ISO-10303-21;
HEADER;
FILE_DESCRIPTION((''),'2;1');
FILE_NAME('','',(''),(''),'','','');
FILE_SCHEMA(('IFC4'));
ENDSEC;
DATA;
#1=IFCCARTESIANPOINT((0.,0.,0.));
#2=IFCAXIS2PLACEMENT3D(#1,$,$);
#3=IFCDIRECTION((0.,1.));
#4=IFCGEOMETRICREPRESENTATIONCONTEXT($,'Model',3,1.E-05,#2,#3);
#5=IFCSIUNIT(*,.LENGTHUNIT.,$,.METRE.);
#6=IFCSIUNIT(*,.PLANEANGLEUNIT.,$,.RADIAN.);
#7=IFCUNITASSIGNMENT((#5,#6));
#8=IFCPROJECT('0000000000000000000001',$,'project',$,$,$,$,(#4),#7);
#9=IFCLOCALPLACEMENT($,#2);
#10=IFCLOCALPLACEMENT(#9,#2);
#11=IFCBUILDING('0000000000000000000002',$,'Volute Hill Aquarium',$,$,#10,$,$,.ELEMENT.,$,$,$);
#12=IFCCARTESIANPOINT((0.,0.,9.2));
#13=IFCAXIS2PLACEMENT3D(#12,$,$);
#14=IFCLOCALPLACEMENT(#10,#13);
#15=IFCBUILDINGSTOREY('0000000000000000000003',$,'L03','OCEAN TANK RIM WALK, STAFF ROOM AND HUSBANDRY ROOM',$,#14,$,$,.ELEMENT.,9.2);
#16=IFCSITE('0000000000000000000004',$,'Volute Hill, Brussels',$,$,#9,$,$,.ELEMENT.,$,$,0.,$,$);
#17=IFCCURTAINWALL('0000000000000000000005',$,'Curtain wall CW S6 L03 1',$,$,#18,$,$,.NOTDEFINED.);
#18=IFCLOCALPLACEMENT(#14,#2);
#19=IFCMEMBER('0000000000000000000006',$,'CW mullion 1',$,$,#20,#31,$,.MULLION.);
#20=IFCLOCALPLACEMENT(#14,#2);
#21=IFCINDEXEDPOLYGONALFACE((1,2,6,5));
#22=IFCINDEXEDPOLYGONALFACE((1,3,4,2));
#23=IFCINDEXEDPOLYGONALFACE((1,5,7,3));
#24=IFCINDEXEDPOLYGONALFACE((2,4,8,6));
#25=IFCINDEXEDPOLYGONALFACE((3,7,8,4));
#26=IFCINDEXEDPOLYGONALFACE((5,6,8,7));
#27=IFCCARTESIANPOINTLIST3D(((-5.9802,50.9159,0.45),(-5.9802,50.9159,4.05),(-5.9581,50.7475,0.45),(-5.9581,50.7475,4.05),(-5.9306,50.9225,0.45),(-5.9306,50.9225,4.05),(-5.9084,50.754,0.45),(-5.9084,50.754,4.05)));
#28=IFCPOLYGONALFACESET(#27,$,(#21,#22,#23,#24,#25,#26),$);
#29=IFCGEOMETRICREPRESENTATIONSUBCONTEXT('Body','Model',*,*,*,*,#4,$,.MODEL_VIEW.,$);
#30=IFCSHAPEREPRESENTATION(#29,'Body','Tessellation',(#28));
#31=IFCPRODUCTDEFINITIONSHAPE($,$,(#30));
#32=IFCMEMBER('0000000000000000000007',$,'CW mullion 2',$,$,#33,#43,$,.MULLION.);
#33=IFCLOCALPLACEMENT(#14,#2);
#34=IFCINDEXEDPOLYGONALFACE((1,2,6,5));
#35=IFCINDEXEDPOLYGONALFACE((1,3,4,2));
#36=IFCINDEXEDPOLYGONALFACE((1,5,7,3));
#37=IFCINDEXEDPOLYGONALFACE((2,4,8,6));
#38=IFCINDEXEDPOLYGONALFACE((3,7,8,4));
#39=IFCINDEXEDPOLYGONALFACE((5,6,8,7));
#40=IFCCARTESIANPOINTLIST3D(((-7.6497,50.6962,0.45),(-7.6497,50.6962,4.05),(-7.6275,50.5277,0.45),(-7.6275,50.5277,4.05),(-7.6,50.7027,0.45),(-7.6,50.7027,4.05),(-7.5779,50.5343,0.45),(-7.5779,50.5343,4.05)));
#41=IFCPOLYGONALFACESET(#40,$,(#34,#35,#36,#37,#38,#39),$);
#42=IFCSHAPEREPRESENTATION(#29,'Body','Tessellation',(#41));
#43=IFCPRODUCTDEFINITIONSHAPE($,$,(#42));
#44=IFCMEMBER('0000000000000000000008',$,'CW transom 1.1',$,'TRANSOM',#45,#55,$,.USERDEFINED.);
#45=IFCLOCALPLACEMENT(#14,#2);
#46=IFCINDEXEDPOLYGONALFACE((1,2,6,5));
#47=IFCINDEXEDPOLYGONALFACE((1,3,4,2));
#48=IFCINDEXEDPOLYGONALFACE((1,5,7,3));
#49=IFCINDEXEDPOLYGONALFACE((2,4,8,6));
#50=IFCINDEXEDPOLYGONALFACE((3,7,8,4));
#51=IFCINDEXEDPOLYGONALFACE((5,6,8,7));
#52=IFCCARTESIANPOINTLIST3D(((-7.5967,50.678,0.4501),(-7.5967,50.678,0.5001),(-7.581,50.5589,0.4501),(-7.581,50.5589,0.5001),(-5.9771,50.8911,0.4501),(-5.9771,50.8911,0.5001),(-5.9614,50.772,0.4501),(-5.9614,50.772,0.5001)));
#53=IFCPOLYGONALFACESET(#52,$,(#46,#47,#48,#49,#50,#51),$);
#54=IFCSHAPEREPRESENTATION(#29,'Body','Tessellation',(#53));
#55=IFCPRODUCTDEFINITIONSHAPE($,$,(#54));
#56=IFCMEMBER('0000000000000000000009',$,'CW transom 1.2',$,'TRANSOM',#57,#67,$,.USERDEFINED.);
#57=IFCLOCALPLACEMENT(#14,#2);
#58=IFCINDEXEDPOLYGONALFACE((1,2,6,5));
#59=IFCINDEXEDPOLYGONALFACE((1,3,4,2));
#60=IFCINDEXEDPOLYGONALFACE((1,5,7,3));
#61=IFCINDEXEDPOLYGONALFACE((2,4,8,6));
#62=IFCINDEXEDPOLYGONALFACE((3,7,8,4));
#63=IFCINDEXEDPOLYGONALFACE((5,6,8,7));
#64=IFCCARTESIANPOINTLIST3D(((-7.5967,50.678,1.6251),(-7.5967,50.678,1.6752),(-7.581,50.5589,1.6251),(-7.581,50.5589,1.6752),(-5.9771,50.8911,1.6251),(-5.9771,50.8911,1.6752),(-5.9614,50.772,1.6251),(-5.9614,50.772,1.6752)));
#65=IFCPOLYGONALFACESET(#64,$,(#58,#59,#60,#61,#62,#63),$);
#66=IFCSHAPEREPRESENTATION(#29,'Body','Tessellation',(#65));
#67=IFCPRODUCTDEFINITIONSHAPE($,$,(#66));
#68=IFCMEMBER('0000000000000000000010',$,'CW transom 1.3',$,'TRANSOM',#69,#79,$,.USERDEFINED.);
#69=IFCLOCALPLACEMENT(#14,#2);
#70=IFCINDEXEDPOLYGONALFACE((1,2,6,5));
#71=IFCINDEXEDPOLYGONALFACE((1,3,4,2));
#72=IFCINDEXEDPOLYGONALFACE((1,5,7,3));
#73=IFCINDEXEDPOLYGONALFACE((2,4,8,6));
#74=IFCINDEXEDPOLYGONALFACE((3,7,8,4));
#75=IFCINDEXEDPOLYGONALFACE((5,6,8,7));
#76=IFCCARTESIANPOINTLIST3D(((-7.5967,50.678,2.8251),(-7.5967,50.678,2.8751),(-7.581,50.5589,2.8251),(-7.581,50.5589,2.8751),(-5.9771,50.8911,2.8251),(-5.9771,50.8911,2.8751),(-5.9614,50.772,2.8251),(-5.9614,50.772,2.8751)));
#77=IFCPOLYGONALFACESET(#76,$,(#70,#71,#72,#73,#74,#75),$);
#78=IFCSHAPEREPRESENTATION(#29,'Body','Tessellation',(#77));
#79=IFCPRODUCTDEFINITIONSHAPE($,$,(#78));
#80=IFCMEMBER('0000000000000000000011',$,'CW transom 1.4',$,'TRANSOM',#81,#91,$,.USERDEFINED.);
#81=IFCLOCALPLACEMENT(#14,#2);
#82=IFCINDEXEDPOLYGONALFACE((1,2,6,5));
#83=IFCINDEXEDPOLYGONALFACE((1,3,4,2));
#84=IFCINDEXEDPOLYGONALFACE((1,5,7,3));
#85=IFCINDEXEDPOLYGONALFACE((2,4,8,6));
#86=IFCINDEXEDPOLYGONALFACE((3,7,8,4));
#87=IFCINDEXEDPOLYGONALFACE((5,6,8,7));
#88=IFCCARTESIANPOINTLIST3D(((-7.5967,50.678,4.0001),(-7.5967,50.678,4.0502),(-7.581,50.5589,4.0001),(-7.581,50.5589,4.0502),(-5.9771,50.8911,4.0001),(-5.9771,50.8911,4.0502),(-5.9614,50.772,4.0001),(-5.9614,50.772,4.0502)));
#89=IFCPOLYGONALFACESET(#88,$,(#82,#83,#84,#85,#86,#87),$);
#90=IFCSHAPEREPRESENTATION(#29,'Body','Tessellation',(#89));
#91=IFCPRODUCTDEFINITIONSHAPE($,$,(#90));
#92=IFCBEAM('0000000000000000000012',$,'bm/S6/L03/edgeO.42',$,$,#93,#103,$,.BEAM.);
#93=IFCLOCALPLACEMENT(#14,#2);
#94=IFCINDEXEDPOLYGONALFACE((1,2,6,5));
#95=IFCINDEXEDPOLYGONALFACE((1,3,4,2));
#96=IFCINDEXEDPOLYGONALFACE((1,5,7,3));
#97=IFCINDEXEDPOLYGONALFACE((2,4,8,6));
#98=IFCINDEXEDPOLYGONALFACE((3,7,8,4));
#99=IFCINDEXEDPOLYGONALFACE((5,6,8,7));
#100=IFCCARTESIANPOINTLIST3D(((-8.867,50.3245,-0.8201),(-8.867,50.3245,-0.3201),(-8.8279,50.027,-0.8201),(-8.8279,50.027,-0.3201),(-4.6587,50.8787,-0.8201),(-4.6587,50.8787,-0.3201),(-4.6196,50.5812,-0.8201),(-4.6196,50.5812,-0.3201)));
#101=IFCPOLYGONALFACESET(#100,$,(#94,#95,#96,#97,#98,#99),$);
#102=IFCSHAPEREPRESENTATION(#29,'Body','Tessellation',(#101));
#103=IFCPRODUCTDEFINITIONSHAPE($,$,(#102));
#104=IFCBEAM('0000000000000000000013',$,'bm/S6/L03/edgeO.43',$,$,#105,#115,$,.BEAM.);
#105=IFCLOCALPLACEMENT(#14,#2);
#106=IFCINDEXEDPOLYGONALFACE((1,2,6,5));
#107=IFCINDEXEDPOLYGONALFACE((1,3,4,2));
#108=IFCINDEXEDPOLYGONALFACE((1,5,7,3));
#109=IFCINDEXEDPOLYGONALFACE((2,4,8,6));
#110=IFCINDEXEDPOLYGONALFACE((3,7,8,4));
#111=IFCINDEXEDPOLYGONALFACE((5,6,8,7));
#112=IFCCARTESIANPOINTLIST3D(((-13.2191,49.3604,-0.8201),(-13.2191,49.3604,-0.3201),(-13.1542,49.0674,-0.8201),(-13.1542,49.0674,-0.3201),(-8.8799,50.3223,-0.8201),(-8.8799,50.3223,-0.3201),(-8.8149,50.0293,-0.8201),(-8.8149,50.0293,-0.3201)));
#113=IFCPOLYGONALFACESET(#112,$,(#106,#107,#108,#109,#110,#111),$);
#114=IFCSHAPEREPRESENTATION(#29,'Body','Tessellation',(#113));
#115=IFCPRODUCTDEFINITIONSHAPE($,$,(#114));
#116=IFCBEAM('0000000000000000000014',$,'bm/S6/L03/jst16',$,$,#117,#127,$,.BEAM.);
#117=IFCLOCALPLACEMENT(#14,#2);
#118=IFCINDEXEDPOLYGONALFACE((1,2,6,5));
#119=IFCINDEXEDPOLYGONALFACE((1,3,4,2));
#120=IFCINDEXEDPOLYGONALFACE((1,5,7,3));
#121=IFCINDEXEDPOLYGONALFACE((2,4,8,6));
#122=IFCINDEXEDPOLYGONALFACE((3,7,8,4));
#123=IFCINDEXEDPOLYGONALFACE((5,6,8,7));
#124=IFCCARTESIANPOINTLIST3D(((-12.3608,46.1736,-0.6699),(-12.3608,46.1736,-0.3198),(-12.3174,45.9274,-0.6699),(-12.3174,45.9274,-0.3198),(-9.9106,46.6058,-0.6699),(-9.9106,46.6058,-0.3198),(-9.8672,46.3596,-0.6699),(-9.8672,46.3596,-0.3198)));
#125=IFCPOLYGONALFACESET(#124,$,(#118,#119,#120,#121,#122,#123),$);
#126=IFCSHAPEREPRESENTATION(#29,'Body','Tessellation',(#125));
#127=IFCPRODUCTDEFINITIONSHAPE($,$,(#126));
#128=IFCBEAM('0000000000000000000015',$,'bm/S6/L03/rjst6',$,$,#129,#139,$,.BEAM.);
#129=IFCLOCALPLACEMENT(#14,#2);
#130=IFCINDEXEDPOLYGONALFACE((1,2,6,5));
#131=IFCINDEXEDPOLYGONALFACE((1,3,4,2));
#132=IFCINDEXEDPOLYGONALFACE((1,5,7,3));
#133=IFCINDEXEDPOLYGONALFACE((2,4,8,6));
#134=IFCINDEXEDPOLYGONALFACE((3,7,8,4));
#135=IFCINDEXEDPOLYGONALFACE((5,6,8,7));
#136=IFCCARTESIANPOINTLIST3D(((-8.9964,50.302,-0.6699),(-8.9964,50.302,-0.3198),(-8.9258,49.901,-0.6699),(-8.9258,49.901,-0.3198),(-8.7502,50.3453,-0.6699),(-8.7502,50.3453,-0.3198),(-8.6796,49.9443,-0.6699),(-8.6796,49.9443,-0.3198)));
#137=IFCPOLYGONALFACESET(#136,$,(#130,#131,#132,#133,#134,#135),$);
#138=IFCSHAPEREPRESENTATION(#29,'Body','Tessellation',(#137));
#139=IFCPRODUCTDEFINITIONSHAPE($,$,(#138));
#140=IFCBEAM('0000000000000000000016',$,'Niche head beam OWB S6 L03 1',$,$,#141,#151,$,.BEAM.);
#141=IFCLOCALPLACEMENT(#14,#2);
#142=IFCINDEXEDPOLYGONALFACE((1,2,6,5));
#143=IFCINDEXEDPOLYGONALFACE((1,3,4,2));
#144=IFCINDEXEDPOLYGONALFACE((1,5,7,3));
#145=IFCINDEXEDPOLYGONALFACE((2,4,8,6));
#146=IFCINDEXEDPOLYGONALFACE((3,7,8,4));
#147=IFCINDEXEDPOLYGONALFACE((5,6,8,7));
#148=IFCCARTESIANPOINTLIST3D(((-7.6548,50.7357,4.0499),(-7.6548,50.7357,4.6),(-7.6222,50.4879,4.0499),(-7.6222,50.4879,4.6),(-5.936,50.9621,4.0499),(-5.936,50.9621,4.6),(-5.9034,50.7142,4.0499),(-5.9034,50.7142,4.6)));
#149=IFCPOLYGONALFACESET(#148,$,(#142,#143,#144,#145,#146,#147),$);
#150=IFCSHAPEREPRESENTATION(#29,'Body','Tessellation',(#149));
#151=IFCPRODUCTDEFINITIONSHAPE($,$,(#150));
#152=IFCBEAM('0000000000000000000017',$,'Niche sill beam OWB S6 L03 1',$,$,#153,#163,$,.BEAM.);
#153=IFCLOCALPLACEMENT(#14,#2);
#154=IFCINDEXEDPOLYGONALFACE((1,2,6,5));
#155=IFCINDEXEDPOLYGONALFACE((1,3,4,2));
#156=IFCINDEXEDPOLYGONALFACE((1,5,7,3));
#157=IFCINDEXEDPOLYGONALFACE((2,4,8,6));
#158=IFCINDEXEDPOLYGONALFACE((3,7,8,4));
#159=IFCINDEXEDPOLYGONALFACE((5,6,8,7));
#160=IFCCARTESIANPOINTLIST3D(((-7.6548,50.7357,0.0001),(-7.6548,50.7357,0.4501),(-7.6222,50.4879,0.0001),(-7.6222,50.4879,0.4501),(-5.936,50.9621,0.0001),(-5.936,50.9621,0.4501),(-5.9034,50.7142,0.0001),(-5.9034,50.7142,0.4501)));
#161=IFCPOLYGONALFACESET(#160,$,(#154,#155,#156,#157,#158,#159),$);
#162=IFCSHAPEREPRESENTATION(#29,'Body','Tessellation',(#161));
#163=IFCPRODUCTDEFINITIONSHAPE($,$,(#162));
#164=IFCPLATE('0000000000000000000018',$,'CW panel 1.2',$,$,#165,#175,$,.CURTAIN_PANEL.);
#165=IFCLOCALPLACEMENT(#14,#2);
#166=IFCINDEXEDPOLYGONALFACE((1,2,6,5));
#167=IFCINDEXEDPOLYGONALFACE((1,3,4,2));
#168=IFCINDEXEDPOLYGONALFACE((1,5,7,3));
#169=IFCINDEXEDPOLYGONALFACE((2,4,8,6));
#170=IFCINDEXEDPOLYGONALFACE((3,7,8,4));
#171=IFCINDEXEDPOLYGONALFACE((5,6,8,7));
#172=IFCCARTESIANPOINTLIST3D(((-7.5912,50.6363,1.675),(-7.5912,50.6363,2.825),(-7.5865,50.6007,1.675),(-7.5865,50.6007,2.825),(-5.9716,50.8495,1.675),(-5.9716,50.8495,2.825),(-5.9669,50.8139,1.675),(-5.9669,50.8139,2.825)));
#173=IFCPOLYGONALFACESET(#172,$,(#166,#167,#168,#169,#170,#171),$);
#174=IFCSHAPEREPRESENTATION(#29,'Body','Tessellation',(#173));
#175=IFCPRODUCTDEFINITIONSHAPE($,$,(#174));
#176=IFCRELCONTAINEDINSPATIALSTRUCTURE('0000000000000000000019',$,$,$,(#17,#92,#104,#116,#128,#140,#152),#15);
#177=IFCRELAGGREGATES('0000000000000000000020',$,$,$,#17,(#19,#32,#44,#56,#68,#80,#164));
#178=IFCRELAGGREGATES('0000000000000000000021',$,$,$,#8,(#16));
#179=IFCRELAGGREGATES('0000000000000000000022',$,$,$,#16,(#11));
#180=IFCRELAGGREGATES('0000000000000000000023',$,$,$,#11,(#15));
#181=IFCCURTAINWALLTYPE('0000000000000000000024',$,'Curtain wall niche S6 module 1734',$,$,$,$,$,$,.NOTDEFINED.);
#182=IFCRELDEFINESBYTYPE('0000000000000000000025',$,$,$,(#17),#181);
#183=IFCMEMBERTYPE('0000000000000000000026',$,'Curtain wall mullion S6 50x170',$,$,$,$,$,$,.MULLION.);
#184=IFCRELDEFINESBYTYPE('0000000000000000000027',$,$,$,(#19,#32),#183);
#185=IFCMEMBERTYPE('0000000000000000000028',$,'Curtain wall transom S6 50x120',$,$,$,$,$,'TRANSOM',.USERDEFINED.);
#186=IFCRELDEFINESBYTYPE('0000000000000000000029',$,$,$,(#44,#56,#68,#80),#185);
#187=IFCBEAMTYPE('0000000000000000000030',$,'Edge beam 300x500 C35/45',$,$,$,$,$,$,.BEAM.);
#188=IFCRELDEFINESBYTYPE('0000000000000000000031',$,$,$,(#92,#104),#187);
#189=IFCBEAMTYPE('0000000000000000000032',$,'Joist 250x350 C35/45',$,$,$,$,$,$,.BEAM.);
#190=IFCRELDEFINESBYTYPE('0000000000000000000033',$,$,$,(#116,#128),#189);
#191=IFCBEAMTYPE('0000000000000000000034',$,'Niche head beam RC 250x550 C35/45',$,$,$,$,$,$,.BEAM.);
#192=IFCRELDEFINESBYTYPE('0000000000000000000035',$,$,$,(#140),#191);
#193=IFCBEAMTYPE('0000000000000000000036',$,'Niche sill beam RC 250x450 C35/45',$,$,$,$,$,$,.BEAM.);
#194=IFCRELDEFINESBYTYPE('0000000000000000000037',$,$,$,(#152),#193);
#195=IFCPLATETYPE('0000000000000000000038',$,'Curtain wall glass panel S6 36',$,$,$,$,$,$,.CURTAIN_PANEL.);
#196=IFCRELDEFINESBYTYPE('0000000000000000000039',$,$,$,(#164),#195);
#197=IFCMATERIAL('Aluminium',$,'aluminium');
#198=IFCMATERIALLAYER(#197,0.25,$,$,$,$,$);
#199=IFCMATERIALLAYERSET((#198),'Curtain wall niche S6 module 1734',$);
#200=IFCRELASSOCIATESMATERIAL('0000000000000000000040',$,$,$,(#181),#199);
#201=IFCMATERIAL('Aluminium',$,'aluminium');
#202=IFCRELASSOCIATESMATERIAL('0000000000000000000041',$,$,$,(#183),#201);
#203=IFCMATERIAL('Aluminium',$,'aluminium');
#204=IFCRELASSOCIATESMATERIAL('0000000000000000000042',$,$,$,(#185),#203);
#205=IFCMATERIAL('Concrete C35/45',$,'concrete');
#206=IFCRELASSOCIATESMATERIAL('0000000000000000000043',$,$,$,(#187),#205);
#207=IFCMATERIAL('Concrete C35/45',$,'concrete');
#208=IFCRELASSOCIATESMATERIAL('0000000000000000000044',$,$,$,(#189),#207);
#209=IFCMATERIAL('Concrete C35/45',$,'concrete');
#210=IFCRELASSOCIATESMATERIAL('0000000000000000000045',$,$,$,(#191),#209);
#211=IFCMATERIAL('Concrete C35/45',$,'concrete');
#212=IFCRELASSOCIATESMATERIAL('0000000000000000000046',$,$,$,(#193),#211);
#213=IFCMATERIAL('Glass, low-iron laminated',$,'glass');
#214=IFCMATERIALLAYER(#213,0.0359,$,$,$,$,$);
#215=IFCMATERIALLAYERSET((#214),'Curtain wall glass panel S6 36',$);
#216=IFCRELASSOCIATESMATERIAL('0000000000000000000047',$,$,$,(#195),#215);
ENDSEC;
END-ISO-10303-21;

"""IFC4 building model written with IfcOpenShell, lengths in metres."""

from ifc_helpers import new_model, si_unit, direction, frame, origin, origin_2d, place, context, subcontext, project, spatial, rectangle, extrude, material, layer, layer_set, material_profile, profile_set, type_object, element, aggregate, save


model = new_model("IFC4")

# Units and contexts
model_context = context("Model", 3, precision=1e-05, world=origin(), true_north=direction((0.0, 1.0)))
body_context = subcontext(model_context, "Body", "Model", "MODEL_VIEW")
ifc_project = project(units=[si_unit("LENGTHUNIT", "METRE"), si_unit("PLANEANGLEUNIT", "RADIAN")], contexts=[model_context])

# Site, building, storey
site_placement = place(None, origin())
site = spatial("IfcSite", under=ifc_project, at=site_placement, Name="Volute Hill, Brussels", CompositionType="ELEMENT", RefElevation=0.0)
building_placement = place(site_placement, origin())
building = spatial("IfcBuilding", under=site, at=building_placement, Name="Volute Hill Aquarium", CompositionType="ELEMENT")
storey_placement = place(building_placement, frame((0.0, 0.0, 9.2)))
storey = spatial("IfcBuildingStorey", under=building, at=storey_placement, Name="L03", Description="OCEAN TANK RIM WALK, STAFF ROOM AND HUSBANDRY ROOM", CompositionType="ELEMENT", Elevation=9.2)

# Curtain wall, members
ifc_material_1 = material(Name="Aluminium", Category="aluminium")
ifc_layer_1 = layer(ifc_material_1, 0.25)
ifc_layer_set_1 = layer_set([ifc_layer_1], Name="Curtain wall niche S6 module 1734")
curtain_wall_type = type_object("IfcCurtainWallType", Name="Curtain wall niche S6 module 1734", PredefinedType="NOTDEFINED", material=ifc_layer_set_1)
curtain_wall_placement = place(storey_placement, origin())
curtain_wall = element("IfcCurtainWall", 1, at=curtain_wall_placement, inside=storey, type_object=curtain_wall_type, Name="Curtain wall CW S6 L03 1", PredefinedType="NOTDEFINED")
ifc_material_2 = material(Name="Aluminium", Category="aluminium")
ifc_material_profile_1 = material_profile(ifc_material_2, rectangle(XDim=0.1699, YDim=0.05, at=origin_2d()), Name="Curtain wall mullion S6 50x170")
ifc_profile_set_1 = profile_set([ifc_material_profile_1], Name="Aluminium")
member_type_1 = type_object("IfcMemberType", Name="Curtain wall mullion S6 50x170", PredefinedType="MULLION", material=ifc_profile_set_1)
member_1_placement = place(storey_placement, frame((-5.9443, 50.835, 0.45), z_axis=(0.0, 0.0, 1.0), x_axis=(0.130524, -0.991445, 0.0)))
member_1 = element("IfcMember", 2, at=member_1_placement, type_object=member_type_1, Name="CW mullion 1", PredefinedType="MULLION", context=body_context, shape_type="SweptSolid", body=[
    extrude(rectangle(XDim=0.1699, YDim=0.05, at=origin_2d()), origin(), (0.0, 0.0, 1.0), 3.6001),
])
member_2_placement = place(storey_placement, frame((-7.6138, 50.6152, 0.45), z_axis=(0.0, 0.0, 1.0), x_axis=(0.130524, -0.991445, 0.0)))
member_2 = element("IfcMember", 3, at=member_2_placement, type_object=member_type_1, Name="CW mullion 2", PredefinedType="MULLION", context=body_context, shape_type="SweptSolid", body=[
    extrude(rectangle(XDim=0.1699, YDim=0.05, at=origin_2d()), origin(), (0.0, 0.0, 1.0), 3.6001),
])
ifc_material_3 = material(Name="Aluminium", Category="aluminium")
ifc_material_profile_2 = material_profile(ifc_material_3, rectangle(XDim=0.1201, YDim=0.05, at=origin_2d()), Name="Curtain wall transom S6 50x120")
ifc_profile_set_2 = profile_set([ifc_material_profile_2], Name="Aluminium")
member_type_2 = type_object("IfcMemberType", Name="Curtain wall transom S6 50x120", ElementType="TRANSOM", PredefinedType="USERDEFINED", material=ifc_profile_set_2)
member_3_placement = place(storey_placement, frame((-5.9692, 50.8315, 0.4751), z_axis=(-0.991452, -0.13047, 0.0), x_axis=(0.13047, -0.991452, 0.0)))
member_3 = element("IfcMember", 4, at=member_3_placement, type_object=member_type_2, Name="CW transom 1.1", ObjectType="TRANSOM", PredefinedType="USERDEFINED", context=body_context, shape_type="SweptSolid", body=[
    extrude(rectangle(XDim=0.1201, YDim=0.05, at=origin_2d()), origin(), (0.0, 0.0, 1.0), 1.6335),
])
member_4_placement = place(storey_placement, frame((-5.9692, 50.8315, 1.6501), z_axis=(-0.991452, -0.13047, 0.0), x_axis=(0.13047, -0.991452, 0.0)))
member_4 = element("IfcMember", 5, at=member_4_placement, type_object=member_type_2, Name="CW transom 1.2", ObjectType="TRANSOM", PredefinedType="USERDEFINED", context=body_context, shape_type="SweptSolid", body=[
    extrude(rectangle(XDim=0.1201, YDim=0.05, at=origin_2d()), origin(), (0.0, 0.0, 1.0), 1.6335),
])
member_5_placement = place(storey_placement, frame((-5.9692, 50.8315, 2.8501), z_axis=(-0.991452, -0.13047, 0.0), x_axis=(0.13047, -0.991452, 0.0)))
member_5 = element("IfcMember", 6, at=member_5_placement, type_object=member_type_2, Name="CW transom 1.3", ObjectType="TRANSOM", PredefinedType="USERDEFINED", context=body_context, shape_type="SweptSolid", body=[
    extrude(rectangle(XDim=0.1201, YDim=0.05, at=origin_2d()), origin(), (0.0, 0.0, 1.0), 1.6335),
])
member_6_placement = place(storey_placement, frame((-5.9692, 50.8315, 4.0251), z_axis=(-0.991452, -0.13047, 0.0), x_axis=(0.13047, -0.991452, 0.0)))
member_6 = element("IfcMember", 7, at=member_6_placement, type_object=member_type_2, Name="CW transom 1.4", ObjectType="TRANSOM", PredefinedType="USERDEFINED", context=body_context, shape_type="SweptSolid", body=[
    extrude(rectangle(XDim=0.1201, YDim=0.05, at=origin_2d()), origin(), (0.0, 0.0, 1.0), 1.6335),
])

# Beams
ifc_material_4 = material(Name="Concrete C35/45", Category="concrete")
ifc_material_profile_3 = material_profile(ifc_material_4, rectangle(XDim=0.3, YDim=0.5, at=origin_2d()), Name="RC edge beam 300x500")
ifc_profile_set_3 = profile_set([ifc_material_profile_3], Name="Concrete C35/45")
beam_type_1 = type_object("IfcBeamType", Name="Edge beam 300x500 C35/45", PredefinedType="BEAM", material=ifc_profile_set_3)
beam_1_placement = place(storey_placement, frame((-4.6392, 50.73, -0.5701), z_axis=(-0.99144, -0.130566, 0.0), x_axis=(0.130566, -0.99144, 0.0)))
element("IfcBeam", 8, at=beam_1_placement, inside=storey, type_object=beam_type_1, Name="bm/S6/L03/edgeO.42", PredefinedType="BEAM", context=body_context, shape_type="SweptSolid", body=[
    extrude(rectangle(XDim=0.3, YDim=0.5, at=origin_2d()), origin(), (0.0, 0.0, 1.0), 4.2446),
])
beam_2_placement = place(storey_placement, frame((-8.8474, 50.1758, -0.5701), z_axis=(-0.976301, -0.216419, 0.0), x_axis=(0.216419, -0.976301, 0.0)))
element("IfcBeam", 9, at=beam_2_placement, inside=storey, type_object=beam_type_1, Name="bm/S6/L03/edgeO.43", PredefinedType="BEAM", context=body_context, shape_type="SweptSolid", body=[
    extrude(rectangle(XDim=0.3, YDim=0.5, at=origin_2d()), origin(), (0.0, 0.0, 1.0), 4.4446),
])
ifc_material_5 = material(Name="Concrete C35/45", Category="concrete")
ifc_material_profile_4 = material_profile(ifc_material_5, rectangle(XDim=0.25, YDim=0.3501, at=origin_2d()), Name="RC joist 250x350")
ifc_profile_set_4 = profile_set([ifc_material_profile_4], Name="Concrete C35/45")
beam_type_2 = type_object("IfcBeamType", Name="Joist 250x350 C35/45", PredefinedType="BEAM", material=ifc_profile_set_4)
beam_3_placement = place(storey_placement, frame((-9.8889, 46.4827, -0.4949), z_axis=(-0.984801, -0.173685, 0.0), x_axis=(0.173685, -0.984801, 0.0)))
element("IfcBeam", 10, at=beam_3_placement, inside=storey, type_object=beam_type_2, Name="bm/S6/L03/jst16", PredefinedType="BEAM", context=body_context, shape_type="SweptSolid", body=[
    extrude(rectangle(XDim=0.25, YDim=0.3501, at=origin_2d()), origin(), (0.0, 0.0, 1.0), 2.488),
])
beam_4_placement = place(storey_placement, frame((-8.8027, 49.9226, -0.4949), z_axis=(-0.173238, 0.98488, 0.0), x_axis=(-0.98488, -0.173238, 0.0)))
element("IfcBeam", 11, at=beam_4_placement, inside=storey, type_object=beam_type_2, Name="bm/S6/L03/rjst6", PredefinedType="BEAM", context=body_context, shape_type="SweptSolid", body=[
    extrude(rectangle(XDim=0.25, YDim=0.3501, at=origin_2d()), origin(), (0.0, 0.0, 1.0), 0.4072),
])
ifc_material_6 = material(Name="Concrete C35/45", Category="concrete")
ifc_material_profile_5 = material_profile(ifc_material_6, rectangle(XDim=0.25, YDim=0.55, at=origin_2d()), Name="RC beam 250x550")
ifc_profile_set_5 = profile_set([ifc_material_profile_5], Name="Concrete C35/45")
beam_type_3 = type_object("IfcBeamType", Name="Niche head beam RC 250x550 C35/45", PredefinedType="BEAM", material=ifc_profile_set_5)
beam_5_placement = place(storey_placement, frame((-5.9197, 50.8381, 4.325), z_axis=(-0.991442, -0.130549, 0.0), x_axis=(0.130549, -0.991442, 0.0)))
element("IfcBeam", 12, at=beam_5_placement, inside=storey, type_object=beam_type_3, Name="Niche head beam OWB S6 L03 1", PredefinedType="BEAM", context=body_context, shape_type="SweptSolid", body=[
    extrude(rectangle(XDim=0.25, YDim=0.55, at=origin_2d()), origin(), (0.0, 0.0, 1.0), 1.7336),
])
ifc_material_7 = material(Name="Concrete C35/45", Category="concrete")
ifc_material_profile_6 = material_profile(ifc_material_7, rectangle(XDim=0.25, YDim=0.45, at=origin_2d()), Name="RC beam 250x450")
ifc_profile_set_6 = profile_set([ifc_material_profile_6], Name="Concrete C35/45")
beam_type_4 = type_object("IfcBeamType", Name="Niche sill beam RC 250x450 C35/45", PredefinedType="BEAM", material=ifc_profile_set_6)
beam_6_placement = place(storey_placement, frame((-5.9197, 50.8381, 0.2251), z_axis=(-0.991442, -0.130549, 0.0), x_axis=(0.130549, -0.991442, 0.0)))
element("IfcBeam", 13, at=beam_6_placement, inside=storey, type_object=beam_type_4, Name="Niche sill beam OWB S6 L03 1", PredefinedType="BEAM", context=body_context, shape_type="SweptSolid", body=[
    extrude(rectangle(XDim=0.25, YDim=0.45, at=origin_2d()), origin(), (0.0, 0.0, 1.0), 1.7336),
])

# Plate
ifc_material_8 = material(Name="Glass, low-iron laminated", Category="glass")
ifc_layer_2 = layer(ifc_material_8, 0.0359)
ifc_layer_set_2 = layer_set([ifc_layer_2], Name="Curtain wall glass panel S6 36")
plate_type_1 = type_object("IfcPlateType", Name="Curtain wall glass panel S6 36", PredefinedType="CURTAIN_PANEL", material=ifc_layer_set_2)
plate_1_placement = place(storey_placement, frame((-6.7791, 50.7251, 1.675), z_axis=(0.0, 0.0, 1.0), x_axis=(-0.991445, -0.130524, 0.0)))
plate_1 = element("IfcPlate", 14, at=plate_1_placement, type_object=plate_type_1, Name="CW panel 1.2", PredefinedType="CURTAIN_PANEL", context=body_context, shape_type="SweptSolid", body=[
    extrude(rectangle(XDim=1.6335, YDim=0.0359, at=origin_2d()), origin(), (0.0, 0.0, 1.0), 1.1499),
])
aggregate(curtain_wall, [member_1, member_2, member_3, member_4, member_5, member_6, plate_1])

save(model, "model.ifc")
